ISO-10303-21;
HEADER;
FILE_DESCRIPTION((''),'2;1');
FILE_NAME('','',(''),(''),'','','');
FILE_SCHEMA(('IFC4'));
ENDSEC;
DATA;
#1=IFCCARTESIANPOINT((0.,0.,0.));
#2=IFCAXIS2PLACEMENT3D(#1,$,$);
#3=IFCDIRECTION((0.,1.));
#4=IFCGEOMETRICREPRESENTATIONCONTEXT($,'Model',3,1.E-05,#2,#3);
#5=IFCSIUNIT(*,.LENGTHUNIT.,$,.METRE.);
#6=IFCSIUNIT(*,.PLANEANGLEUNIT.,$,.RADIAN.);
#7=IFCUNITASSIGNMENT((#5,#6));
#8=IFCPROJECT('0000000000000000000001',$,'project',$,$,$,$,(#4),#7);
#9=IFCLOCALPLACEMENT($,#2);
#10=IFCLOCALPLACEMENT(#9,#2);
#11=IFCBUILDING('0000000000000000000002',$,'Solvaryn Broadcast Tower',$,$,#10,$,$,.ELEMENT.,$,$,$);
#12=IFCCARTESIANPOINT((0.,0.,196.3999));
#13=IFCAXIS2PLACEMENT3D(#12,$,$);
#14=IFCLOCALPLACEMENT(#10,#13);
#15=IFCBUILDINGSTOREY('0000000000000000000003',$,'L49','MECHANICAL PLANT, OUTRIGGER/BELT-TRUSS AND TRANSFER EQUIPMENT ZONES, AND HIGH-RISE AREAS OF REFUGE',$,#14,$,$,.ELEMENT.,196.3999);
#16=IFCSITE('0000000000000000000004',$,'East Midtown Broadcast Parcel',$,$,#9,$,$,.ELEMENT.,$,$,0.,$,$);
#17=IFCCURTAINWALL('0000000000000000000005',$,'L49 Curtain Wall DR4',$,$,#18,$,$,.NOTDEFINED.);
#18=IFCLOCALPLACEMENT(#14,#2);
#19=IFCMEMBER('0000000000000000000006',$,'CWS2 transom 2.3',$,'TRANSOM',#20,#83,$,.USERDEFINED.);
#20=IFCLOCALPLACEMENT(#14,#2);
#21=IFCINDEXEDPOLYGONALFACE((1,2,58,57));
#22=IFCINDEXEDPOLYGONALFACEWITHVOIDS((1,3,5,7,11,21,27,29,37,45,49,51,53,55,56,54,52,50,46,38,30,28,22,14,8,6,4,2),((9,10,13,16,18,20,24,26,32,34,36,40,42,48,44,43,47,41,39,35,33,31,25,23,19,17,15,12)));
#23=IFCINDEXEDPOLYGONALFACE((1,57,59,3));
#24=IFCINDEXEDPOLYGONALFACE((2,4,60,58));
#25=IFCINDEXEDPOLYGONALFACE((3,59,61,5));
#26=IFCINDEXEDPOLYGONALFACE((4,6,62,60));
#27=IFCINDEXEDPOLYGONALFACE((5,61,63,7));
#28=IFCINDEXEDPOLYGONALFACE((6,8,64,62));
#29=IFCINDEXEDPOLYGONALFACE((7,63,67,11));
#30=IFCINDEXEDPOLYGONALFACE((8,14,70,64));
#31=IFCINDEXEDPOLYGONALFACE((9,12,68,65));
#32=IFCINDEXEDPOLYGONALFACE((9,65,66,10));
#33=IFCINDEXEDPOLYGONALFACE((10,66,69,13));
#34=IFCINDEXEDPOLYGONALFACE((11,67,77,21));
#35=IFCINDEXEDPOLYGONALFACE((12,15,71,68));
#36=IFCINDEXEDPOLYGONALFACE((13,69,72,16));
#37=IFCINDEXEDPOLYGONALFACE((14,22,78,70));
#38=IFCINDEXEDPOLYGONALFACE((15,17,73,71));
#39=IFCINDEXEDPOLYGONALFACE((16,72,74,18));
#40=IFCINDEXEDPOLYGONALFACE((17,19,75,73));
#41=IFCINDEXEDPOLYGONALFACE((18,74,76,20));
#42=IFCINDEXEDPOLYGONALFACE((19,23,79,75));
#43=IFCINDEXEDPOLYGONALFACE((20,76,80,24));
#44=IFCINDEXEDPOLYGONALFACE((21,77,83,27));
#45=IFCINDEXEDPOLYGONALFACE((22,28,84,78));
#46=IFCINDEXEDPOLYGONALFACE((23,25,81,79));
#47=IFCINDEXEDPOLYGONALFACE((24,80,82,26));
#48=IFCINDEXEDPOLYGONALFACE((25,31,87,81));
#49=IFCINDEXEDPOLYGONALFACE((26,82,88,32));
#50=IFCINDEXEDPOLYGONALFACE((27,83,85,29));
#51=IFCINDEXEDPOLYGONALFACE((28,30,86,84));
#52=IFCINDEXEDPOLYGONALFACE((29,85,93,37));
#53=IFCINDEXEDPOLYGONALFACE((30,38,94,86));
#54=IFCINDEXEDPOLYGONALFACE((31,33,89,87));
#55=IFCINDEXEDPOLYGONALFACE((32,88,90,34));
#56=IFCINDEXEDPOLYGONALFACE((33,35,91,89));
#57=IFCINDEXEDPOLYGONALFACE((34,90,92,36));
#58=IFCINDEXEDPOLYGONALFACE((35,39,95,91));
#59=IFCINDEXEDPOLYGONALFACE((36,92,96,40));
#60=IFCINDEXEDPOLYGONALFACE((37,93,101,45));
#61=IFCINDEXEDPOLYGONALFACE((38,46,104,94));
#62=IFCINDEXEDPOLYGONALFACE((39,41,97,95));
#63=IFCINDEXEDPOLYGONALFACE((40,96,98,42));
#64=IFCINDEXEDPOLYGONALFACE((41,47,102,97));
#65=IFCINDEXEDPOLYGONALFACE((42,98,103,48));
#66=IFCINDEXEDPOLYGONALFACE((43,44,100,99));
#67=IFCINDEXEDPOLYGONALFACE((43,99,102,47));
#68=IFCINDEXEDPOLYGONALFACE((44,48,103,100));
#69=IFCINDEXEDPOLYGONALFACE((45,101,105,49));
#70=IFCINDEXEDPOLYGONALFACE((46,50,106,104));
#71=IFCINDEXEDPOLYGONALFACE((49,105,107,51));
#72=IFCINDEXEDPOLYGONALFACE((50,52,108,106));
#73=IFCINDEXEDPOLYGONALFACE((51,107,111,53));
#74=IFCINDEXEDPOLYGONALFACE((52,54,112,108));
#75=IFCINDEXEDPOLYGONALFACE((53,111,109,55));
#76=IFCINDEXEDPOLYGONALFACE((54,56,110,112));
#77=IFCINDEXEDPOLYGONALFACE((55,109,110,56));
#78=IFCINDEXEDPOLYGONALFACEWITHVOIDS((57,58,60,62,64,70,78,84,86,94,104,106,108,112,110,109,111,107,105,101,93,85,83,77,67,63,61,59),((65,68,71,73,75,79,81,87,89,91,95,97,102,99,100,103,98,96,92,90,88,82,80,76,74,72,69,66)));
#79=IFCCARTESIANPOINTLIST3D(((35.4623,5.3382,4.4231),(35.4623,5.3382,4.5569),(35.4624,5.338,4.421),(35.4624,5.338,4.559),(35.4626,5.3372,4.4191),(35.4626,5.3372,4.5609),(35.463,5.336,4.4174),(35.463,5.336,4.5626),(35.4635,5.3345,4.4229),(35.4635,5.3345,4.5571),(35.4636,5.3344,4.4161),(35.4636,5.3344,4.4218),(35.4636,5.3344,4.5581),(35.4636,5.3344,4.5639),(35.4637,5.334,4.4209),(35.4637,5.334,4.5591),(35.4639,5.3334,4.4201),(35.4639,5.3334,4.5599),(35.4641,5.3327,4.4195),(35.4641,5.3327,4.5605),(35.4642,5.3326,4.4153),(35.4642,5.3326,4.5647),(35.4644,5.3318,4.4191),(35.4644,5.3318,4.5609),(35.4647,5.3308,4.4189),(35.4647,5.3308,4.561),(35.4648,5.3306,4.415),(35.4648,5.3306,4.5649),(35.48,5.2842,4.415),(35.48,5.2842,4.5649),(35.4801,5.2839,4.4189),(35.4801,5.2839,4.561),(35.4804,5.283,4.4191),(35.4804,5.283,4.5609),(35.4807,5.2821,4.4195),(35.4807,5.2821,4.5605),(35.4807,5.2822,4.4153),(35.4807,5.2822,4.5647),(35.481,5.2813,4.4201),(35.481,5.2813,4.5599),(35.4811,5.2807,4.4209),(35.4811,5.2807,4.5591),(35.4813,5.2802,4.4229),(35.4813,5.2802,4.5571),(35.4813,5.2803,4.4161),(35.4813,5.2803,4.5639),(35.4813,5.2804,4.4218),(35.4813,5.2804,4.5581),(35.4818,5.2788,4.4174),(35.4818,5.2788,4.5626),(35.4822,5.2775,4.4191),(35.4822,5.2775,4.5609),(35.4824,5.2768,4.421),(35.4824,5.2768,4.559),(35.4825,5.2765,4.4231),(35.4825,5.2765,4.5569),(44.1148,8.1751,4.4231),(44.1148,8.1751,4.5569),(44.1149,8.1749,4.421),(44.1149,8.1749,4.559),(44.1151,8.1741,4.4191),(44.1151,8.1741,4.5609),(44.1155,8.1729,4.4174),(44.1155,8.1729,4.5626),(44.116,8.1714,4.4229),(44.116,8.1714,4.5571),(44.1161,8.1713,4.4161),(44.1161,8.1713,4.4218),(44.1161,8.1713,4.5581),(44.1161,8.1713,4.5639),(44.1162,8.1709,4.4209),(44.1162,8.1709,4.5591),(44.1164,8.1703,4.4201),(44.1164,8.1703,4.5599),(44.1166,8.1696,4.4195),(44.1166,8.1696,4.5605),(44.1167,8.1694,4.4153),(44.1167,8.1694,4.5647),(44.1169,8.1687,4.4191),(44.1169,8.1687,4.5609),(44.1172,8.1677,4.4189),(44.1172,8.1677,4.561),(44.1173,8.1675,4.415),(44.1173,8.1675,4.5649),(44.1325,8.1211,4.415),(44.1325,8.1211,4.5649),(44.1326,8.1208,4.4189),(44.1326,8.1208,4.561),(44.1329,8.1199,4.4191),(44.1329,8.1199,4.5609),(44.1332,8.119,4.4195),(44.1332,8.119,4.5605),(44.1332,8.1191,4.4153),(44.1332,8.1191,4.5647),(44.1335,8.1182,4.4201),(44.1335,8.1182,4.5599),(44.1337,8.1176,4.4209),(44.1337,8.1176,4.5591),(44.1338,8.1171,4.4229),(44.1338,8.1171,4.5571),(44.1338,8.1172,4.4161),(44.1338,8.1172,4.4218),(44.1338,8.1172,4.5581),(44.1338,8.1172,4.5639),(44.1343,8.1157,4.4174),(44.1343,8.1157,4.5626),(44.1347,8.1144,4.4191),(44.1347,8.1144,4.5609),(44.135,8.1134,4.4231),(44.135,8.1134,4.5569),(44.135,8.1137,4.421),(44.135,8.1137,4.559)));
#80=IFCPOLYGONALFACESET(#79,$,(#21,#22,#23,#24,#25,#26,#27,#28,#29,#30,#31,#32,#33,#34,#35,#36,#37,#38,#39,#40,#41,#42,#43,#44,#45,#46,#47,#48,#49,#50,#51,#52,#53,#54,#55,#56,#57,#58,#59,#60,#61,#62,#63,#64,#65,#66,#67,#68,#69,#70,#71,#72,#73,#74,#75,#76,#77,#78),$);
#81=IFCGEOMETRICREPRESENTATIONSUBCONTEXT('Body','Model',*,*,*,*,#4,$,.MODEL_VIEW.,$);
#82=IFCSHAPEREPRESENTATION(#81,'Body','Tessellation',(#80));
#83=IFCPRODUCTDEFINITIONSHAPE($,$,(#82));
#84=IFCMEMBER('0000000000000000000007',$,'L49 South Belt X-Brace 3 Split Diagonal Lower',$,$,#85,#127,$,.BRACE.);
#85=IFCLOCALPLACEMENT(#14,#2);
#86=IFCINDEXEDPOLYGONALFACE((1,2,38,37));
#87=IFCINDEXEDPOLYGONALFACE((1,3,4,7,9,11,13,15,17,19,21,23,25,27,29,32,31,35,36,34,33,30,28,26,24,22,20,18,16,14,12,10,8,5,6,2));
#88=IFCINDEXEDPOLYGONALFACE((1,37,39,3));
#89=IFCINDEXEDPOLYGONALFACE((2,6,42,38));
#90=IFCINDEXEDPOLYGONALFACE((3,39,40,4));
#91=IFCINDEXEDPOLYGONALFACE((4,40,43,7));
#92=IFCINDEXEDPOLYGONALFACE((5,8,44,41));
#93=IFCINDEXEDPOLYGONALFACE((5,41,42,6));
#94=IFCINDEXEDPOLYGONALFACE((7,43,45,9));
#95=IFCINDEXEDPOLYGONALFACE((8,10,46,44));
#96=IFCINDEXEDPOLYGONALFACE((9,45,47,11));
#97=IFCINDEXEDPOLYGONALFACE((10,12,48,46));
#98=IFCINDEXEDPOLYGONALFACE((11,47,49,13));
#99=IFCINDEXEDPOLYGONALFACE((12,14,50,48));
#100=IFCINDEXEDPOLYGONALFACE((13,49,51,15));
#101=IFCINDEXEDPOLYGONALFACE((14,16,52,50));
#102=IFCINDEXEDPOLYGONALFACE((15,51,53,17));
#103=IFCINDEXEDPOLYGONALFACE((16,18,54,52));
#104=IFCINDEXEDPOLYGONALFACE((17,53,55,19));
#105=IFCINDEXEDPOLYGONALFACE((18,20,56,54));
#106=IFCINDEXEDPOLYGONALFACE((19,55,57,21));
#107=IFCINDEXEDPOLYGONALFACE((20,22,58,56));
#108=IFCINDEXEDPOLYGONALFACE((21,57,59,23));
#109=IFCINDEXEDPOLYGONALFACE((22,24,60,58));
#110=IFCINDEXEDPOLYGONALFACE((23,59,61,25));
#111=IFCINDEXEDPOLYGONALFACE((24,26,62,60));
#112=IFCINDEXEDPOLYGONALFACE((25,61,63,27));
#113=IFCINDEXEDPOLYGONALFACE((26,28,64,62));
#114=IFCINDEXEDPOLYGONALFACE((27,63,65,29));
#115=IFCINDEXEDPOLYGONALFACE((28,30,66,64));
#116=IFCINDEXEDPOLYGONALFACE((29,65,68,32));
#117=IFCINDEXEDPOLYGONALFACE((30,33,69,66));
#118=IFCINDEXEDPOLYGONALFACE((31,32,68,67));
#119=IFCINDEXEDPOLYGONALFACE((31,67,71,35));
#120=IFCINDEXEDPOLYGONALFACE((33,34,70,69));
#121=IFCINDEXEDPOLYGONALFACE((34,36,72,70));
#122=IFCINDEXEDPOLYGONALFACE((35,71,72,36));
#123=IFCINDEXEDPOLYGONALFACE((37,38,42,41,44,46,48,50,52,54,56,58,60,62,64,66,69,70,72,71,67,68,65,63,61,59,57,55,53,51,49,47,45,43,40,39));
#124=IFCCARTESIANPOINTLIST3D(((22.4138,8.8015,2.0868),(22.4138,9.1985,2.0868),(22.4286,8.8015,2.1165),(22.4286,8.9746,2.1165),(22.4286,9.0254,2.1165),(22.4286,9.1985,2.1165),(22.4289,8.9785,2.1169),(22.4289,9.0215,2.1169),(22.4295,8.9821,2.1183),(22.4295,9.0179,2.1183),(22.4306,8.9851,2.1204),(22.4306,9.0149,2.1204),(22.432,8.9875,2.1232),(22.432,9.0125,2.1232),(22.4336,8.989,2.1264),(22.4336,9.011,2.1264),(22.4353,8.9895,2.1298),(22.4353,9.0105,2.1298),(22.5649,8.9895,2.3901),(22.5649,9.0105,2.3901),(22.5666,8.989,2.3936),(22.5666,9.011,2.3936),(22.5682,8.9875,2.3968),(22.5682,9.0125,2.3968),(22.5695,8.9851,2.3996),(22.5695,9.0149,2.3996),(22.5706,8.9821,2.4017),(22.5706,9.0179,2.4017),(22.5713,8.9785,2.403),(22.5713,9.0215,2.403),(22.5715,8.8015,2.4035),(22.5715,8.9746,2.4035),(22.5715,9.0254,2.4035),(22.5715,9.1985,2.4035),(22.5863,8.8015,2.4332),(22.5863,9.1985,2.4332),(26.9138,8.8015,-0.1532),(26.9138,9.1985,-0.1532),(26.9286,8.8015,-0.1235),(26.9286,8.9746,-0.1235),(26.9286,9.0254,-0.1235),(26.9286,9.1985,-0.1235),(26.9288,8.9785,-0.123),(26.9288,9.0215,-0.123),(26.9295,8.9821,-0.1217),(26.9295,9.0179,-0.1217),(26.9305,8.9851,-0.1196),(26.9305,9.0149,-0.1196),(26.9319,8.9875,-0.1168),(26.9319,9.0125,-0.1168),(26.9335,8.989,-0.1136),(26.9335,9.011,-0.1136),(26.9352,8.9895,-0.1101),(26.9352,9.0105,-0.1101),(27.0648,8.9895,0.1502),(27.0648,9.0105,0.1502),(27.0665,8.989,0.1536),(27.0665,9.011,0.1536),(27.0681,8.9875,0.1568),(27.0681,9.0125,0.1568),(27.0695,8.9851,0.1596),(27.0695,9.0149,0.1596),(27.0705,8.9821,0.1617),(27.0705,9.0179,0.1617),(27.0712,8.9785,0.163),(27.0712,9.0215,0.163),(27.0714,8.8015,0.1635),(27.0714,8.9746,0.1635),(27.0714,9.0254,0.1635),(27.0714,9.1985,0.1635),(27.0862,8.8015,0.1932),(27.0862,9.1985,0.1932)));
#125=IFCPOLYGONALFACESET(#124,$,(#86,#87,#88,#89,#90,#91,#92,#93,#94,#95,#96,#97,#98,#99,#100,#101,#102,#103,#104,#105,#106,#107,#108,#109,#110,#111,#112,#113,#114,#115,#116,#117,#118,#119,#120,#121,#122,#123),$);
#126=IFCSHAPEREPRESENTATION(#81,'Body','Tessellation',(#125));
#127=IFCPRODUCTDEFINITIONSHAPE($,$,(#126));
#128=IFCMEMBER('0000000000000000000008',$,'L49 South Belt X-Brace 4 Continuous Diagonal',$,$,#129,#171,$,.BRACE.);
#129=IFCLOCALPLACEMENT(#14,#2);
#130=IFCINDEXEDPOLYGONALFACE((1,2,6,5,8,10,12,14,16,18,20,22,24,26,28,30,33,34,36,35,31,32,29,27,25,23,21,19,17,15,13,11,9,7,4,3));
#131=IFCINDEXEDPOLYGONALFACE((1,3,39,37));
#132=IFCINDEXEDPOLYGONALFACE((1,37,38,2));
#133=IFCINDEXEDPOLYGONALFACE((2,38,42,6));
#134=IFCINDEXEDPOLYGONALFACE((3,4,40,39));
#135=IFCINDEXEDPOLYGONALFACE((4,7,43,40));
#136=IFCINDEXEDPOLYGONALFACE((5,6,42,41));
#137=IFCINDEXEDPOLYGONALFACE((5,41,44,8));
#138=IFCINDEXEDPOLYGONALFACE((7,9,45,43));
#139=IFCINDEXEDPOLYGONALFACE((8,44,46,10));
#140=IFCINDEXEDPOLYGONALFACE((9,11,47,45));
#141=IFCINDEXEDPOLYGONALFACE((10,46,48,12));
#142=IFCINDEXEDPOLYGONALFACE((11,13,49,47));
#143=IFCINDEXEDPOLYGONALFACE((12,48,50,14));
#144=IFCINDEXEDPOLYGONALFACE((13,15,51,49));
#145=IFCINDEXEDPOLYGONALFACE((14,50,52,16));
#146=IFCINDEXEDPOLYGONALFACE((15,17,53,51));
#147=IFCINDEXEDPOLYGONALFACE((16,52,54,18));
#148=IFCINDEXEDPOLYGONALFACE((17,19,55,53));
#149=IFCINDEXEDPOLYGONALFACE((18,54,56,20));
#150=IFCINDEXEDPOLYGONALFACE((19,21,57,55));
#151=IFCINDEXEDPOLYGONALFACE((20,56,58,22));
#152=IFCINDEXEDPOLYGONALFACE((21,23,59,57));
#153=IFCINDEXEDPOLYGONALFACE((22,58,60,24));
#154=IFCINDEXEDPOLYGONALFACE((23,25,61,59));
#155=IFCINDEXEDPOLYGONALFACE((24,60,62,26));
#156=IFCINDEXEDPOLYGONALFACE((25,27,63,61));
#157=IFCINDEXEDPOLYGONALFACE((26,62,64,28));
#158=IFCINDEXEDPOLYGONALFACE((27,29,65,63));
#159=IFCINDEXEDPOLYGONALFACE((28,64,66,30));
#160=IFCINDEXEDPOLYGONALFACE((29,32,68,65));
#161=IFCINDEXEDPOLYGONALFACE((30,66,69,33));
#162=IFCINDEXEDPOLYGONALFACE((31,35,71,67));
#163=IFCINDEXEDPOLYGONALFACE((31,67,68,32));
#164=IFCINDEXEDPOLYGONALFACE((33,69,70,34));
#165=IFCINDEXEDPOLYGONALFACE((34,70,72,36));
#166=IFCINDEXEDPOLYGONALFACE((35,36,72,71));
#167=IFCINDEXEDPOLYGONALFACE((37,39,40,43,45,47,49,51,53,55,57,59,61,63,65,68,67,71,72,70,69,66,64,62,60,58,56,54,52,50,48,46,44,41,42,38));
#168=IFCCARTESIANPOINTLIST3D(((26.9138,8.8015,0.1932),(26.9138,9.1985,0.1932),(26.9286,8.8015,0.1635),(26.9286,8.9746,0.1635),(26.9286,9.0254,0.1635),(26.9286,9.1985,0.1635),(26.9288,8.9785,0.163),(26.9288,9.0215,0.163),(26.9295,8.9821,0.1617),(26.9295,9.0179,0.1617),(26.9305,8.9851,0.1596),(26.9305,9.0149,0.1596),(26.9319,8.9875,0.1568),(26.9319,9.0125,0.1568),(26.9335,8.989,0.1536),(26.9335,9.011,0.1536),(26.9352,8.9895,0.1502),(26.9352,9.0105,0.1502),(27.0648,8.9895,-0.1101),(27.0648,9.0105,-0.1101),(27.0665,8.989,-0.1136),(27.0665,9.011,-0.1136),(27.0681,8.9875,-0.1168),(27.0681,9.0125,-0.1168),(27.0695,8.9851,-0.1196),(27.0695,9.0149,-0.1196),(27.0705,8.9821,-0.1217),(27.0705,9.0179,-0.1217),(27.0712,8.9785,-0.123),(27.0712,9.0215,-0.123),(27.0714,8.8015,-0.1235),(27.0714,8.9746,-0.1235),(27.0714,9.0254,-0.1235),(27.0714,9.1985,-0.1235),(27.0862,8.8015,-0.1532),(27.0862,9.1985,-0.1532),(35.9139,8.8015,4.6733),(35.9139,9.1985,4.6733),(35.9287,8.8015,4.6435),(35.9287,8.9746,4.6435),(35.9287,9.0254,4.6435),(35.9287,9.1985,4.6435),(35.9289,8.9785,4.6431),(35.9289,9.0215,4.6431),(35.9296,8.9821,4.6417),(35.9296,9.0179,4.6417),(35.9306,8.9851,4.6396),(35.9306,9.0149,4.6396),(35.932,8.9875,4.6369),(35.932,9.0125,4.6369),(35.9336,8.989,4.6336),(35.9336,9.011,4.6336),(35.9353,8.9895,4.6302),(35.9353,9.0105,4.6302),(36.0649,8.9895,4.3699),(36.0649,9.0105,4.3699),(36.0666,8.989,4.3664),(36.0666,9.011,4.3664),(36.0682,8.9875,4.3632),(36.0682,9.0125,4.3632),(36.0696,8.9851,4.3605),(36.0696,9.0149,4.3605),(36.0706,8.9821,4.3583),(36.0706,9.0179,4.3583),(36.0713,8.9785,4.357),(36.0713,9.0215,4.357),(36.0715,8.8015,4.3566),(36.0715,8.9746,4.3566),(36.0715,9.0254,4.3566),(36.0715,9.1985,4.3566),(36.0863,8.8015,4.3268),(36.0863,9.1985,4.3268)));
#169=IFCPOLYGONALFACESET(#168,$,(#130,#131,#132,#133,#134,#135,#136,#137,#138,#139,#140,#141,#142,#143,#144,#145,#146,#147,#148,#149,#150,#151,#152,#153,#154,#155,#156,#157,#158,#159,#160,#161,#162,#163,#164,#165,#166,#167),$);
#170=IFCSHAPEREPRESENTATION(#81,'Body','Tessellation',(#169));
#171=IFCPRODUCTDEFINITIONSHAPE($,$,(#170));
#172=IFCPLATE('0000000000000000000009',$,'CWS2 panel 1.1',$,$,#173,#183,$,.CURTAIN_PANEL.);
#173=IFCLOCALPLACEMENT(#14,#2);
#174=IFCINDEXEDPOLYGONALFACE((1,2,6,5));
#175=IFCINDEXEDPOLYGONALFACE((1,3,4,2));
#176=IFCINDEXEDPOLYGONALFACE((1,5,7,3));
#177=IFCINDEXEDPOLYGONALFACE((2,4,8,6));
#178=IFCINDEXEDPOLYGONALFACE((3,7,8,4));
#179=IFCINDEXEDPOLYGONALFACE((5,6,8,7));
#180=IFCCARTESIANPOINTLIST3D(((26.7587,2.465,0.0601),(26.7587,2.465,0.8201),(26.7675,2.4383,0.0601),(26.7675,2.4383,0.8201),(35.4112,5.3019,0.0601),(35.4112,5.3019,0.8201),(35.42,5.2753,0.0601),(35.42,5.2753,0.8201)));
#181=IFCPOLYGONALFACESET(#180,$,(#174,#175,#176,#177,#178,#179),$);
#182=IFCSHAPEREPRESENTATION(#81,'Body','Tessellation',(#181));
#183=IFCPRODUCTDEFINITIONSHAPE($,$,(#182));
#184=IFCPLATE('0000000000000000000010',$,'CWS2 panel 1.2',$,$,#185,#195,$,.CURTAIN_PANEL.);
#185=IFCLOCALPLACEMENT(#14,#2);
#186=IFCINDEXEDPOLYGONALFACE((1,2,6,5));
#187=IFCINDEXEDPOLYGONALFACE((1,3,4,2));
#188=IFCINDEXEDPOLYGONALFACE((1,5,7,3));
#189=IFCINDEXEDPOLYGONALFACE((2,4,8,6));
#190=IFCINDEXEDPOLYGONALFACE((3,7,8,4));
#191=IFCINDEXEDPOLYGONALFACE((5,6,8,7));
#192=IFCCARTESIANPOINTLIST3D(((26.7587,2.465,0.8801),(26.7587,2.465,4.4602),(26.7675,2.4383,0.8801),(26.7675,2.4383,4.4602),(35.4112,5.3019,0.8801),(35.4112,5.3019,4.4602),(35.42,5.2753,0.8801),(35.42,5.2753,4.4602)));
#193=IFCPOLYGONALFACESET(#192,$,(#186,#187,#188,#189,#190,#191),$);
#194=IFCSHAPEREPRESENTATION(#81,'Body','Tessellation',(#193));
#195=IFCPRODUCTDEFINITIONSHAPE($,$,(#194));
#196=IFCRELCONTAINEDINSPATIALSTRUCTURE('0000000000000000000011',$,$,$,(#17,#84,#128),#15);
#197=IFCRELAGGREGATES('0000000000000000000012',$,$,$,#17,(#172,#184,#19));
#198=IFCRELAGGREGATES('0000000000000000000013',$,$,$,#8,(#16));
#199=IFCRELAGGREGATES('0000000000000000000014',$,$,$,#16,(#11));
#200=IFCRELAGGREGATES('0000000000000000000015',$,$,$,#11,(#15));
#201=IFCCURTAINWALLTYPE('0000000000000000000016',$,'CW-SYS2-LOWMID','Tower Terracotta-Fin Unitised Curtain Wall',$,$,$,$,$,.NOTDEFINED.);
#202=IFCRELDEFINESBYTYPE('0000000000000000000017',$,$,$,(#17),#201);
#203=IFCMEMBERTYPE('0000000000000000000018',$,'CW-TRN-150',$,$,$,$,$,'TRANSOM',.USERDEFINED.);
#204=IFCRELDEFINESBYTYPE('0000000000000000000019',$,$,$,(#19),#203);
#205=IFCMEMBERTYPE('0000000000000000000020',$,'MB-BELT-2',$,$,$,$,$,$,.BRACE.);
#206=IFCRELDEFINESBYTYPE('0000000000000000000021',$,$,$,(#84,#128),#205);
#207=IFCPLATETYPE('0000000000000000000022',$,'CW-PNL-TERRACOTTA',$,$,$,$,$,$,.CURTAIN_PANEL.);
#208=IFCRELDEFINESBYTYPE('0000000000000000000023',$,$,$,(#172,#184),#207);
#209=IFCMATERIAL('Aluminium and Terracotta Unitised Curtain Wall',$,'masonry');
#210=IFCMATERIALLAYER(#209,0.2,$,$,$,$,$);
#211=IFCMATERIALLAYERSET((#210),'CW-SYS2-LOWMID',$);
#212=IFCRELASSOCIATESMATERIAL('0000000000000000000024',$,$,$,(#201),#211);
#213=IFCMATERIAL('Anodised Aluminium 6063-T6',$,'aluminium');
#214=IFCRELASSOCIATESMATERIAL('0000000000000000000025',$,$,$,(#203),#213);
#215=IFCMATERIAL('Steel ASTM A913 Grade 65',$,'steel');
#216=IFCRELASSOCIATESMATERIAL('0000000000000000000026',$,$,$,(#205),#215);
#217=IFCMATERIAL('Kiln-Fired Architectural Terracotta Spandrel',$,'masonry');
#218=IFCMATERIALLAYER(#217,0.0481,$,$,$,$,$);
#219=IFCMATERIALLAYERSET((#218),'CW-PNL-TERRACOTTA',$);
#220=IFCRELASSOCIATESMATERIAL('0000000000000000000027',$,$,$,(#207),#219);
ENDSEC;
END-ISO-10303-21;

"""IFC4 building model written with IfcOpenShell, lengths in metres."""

from ifc_helpers import new_model, si_unit, direction, frame, origin, origin_2d, place, context, subcontext, project, spatial, rectangle, hollow_rectangle, i_section, extrude, material, layer, layer_set, material_profile, profile_set, type_object, element, aggregate, save


model = new_model("IFC4")

# Units and contexts
model_context = context("Model", 3, precision=1e-05, world=origin(), true_north=direction((0.0, 1.0)))
body_context = subcontext(model_context, "Body", "Model", "MODEL_VIEW")
ifc_project = project(units=[si_unit("LENGTHUNIT", "METRE"), si_unit("PLANEANGLEUNIT", "RADIAN")], contexts=[model_context])

# Site, building, storey
site_placement = place(None, origin())
site = spatial("IfcSite", under=ifc_project, at=site_placement, Name="East Midtown Broadcast Parcel", CompositionType="ELEMENT", RefElevation=0.0)
building_placement = place(site_placement, origin())
building = spatial("IfcBuilding", under=site, at=building_placement, Name="Solvaryn Broadcast Tower", CompositionType="ELEMENT")
storey_placement = place(building_placement, frame((0.0, 0.0, 196.3999)))
storey = spatial("IfcBuildingStorey", under=building, at=storey_placement, Name="L49", Description="MECHANICAL PLANT, OUTRIGGER/BELT-TRUSS AND TRANSFER EQUIPMENT ZONES, AND HIGH-RISE AREAS OF REFUGE", CompositionType="ELEMENT", Elevation=196.3999)

# Shared definitions
ifc_material_1 = material(Name="Aluminium and Terracotta Unitised Curtain Wall", Category="masonry")
ifc_layer_1 = layer(ifc_material_1, 0.2)
ifc_layer_set_1 = layer_set([ifc_layer_1], Name="CW-SYS2-LOWMID")
curtain_wall_type = type_object("IfcCurtainWallType", Name="CW-SYS2-LOWMID", Description="Tower Terracotta-Fin Unitised Curtain Wall", PredefinedType="NOTDEFINED", material=ifc_layer_set_1)

# Curtain wall, member
curtain_wall_1_placement = place(storey_placement, origin())
curtain_wall_1 = element("IfcCurtainWall", 1, at=curtain_wall_1_placement, inside=storey, type_object=curtain_wall_type, Name="L49 Curtain Wall DR4", PredefinedType="NOTDEFINED")
ifc_material_2 = material(Name="Anodised Aluminium 6063-T6", Category="aluminium")
ifc_material_profile_1 = material_profile(ifc_material_2, hollow_rectangle(XDim=0.0649, YDim=0.1499, WallThickness=0.0039, InnerFilletRadius=0.0039, OuterFilletRadius=0.0081, at=origin_2d()))
ifc_profile_set_1 = profile_set([ifc_material_profile_1], Name="Anodised Aluminium 6063-T6")
member_type_1 = type_object("IfcMemberType", Name="CW-TRN-150", ElementType="TRANSOM", PredefinedType="USERDEFINED", material=ifc_profile_set_1)
member_1_placement = place(storey_placement, frame((35.4724, 5.3074, 4.49), z_axis=(0.95023, 0.311551, 0.0), x_axis=(-0.311551, 0.95023, 0.0)))
member_1 = element("IfcMember", 2, at=member_1_placement, type_object=member_type_1, Name="CWS2 transom 2.3", ObjectType="TRANSOM", PredefinedType="USERDEFINED", context=body_context, shape_type="SweptSolid", body=[
    extrude(hollow_rectangle(XDim=0.0649, YDim=0.1499, WallThickness=0.0039, InnerFilletRadius=0.0039, OuterFilletRadius=0.0081, at=origin_2d()), origin(), (0.0, 0.0, 1.0), 9.1057),
])

# Members
ifc_material_3 = material(Name="Steel ASTM A913 Grade 65", Category="steel")
ifc_material_profile_2 = material_profile(ifc_material_3, i_section(OverallWidth=0.397, OverallDepth=0.387, WebThickness=0.021, FlangeThickness=0.0332, FilletRadius=0.0149, at=origin_2d()))
ifc_profile_set_2 = profile_set([ifc_material_profile_2], Name="Steel ASTM A913 Grade 65")
member_type_2 = type_object("IfcMemberType", Name="MB-BELT-2", PredefinedType="BRACE", material=ifc_profile_set_2)
member_2_placement = place(storey_placement, frame((27.0, 9.0, 0.02), z_axis=(-0.895222, 0.0, 0.44562), x_axis=(0.0, -1.0, 0.0)))
element("IfcMember", 3, at=member_2_placement, inside=storey, type_object=member_type_2, Name="L49 South Belt X-Brace 3 Split Diagonal Lower", PredefinedType="BRACE", context=body_context, shape_type="SweptSolid", body=[
    extrude(i_section(OverallWidth=0.397, OverallDepth=0.387, WebThickness=0.021, FlangeThickness=0.0332, FilletRadius=0.0149, at=origin_2d()), origin(), (0.0, 0.0, 1.0), 5.0266),
])
member_3_placement = place(storey_placement, frame((27.0, 9.0, 0.02), z_axis=(0.895222, 0.0, 0.44562), x_axis=(0.0, 1.0, 0.0)))
element("IfcMember", 4, at=member_3_placement, inside=storey, type_object=member_type_2, Name="L49 South Belt X-Brace 4 Continuous Diagonal", PredefinedType="BRACE", context=body_context, shape_type="SweptSolid", body=[
    extrude(i_section(OverallWidth=0.397, OverallDepth=0.387, WebThickness=0.021, FlangeThickness=0.0332, FilletRadius=0.0149, at=origin_2d()), origin(), (0.0, 0.0, 1.0), 10.0535),
])

# Plates
ifc_material_4 = material(Name="Kiln-Fired Architectural Terracotta Spandrel", Category="masonry")
ifc_layer_2 = layer(ifc_material_4, 0.0481)
ifc_layer_set_2 = layer_set([ifc_layer_2], Name="CW-PNL-TERRACOTTA")
plate_type_1 = type_object("IfcPlateType", Name="CW-PNL-TERRACOTTA", PredefinedType="CURTAIN_PANEL", material=ifc_layer_set_2)
plate_1_placement = place(storey_placement, frame((31.0894, 3.8701, 0.0601), z_axis=(0.0, 0.0, 1.0), x_axis=(0.950227, 0.311559, 0.0)))
plate_1 = element("IfcPlate", 5, at=plate_1_placement, type_object=plate_type_1, Name="CWS2 panel 1.1", PredefinedType="CURTAIN_PANEL", context=body_context, shape_type="SweptSolid", body=[
    extrude(rectangle(XDim=9.1057, YDim=0.0281, at=origin_2d()), origin(), (0.0, 0.0, 1.0), 0.76),
])
plate_2_placement = place(storey_placement, frame((31.0894, 3.8701, 0.8801), z_axis=(0.0, 0.0, 1.0), x_axis=(0.950227, 0.311559, 0.0)))
plate_2 = element("IfcPlate", 6, at=plate_2_placement, type_object=plate_type_1, Name="CWS2 panel 1.2", PredefinedType="CURTAIN_PANEL", context=body_context, shape_type="SweptSolid", body=[
    extrude(rectangle(XDim=9.1057, YDim=0.0281, at=origin_2d()), origin(), (0.0, 0.0, 1.0), 3.5801),
])
aggregate(curtain_wall_1, [plate_1, plate_2, member_1])

save(model, "model.ifc")
